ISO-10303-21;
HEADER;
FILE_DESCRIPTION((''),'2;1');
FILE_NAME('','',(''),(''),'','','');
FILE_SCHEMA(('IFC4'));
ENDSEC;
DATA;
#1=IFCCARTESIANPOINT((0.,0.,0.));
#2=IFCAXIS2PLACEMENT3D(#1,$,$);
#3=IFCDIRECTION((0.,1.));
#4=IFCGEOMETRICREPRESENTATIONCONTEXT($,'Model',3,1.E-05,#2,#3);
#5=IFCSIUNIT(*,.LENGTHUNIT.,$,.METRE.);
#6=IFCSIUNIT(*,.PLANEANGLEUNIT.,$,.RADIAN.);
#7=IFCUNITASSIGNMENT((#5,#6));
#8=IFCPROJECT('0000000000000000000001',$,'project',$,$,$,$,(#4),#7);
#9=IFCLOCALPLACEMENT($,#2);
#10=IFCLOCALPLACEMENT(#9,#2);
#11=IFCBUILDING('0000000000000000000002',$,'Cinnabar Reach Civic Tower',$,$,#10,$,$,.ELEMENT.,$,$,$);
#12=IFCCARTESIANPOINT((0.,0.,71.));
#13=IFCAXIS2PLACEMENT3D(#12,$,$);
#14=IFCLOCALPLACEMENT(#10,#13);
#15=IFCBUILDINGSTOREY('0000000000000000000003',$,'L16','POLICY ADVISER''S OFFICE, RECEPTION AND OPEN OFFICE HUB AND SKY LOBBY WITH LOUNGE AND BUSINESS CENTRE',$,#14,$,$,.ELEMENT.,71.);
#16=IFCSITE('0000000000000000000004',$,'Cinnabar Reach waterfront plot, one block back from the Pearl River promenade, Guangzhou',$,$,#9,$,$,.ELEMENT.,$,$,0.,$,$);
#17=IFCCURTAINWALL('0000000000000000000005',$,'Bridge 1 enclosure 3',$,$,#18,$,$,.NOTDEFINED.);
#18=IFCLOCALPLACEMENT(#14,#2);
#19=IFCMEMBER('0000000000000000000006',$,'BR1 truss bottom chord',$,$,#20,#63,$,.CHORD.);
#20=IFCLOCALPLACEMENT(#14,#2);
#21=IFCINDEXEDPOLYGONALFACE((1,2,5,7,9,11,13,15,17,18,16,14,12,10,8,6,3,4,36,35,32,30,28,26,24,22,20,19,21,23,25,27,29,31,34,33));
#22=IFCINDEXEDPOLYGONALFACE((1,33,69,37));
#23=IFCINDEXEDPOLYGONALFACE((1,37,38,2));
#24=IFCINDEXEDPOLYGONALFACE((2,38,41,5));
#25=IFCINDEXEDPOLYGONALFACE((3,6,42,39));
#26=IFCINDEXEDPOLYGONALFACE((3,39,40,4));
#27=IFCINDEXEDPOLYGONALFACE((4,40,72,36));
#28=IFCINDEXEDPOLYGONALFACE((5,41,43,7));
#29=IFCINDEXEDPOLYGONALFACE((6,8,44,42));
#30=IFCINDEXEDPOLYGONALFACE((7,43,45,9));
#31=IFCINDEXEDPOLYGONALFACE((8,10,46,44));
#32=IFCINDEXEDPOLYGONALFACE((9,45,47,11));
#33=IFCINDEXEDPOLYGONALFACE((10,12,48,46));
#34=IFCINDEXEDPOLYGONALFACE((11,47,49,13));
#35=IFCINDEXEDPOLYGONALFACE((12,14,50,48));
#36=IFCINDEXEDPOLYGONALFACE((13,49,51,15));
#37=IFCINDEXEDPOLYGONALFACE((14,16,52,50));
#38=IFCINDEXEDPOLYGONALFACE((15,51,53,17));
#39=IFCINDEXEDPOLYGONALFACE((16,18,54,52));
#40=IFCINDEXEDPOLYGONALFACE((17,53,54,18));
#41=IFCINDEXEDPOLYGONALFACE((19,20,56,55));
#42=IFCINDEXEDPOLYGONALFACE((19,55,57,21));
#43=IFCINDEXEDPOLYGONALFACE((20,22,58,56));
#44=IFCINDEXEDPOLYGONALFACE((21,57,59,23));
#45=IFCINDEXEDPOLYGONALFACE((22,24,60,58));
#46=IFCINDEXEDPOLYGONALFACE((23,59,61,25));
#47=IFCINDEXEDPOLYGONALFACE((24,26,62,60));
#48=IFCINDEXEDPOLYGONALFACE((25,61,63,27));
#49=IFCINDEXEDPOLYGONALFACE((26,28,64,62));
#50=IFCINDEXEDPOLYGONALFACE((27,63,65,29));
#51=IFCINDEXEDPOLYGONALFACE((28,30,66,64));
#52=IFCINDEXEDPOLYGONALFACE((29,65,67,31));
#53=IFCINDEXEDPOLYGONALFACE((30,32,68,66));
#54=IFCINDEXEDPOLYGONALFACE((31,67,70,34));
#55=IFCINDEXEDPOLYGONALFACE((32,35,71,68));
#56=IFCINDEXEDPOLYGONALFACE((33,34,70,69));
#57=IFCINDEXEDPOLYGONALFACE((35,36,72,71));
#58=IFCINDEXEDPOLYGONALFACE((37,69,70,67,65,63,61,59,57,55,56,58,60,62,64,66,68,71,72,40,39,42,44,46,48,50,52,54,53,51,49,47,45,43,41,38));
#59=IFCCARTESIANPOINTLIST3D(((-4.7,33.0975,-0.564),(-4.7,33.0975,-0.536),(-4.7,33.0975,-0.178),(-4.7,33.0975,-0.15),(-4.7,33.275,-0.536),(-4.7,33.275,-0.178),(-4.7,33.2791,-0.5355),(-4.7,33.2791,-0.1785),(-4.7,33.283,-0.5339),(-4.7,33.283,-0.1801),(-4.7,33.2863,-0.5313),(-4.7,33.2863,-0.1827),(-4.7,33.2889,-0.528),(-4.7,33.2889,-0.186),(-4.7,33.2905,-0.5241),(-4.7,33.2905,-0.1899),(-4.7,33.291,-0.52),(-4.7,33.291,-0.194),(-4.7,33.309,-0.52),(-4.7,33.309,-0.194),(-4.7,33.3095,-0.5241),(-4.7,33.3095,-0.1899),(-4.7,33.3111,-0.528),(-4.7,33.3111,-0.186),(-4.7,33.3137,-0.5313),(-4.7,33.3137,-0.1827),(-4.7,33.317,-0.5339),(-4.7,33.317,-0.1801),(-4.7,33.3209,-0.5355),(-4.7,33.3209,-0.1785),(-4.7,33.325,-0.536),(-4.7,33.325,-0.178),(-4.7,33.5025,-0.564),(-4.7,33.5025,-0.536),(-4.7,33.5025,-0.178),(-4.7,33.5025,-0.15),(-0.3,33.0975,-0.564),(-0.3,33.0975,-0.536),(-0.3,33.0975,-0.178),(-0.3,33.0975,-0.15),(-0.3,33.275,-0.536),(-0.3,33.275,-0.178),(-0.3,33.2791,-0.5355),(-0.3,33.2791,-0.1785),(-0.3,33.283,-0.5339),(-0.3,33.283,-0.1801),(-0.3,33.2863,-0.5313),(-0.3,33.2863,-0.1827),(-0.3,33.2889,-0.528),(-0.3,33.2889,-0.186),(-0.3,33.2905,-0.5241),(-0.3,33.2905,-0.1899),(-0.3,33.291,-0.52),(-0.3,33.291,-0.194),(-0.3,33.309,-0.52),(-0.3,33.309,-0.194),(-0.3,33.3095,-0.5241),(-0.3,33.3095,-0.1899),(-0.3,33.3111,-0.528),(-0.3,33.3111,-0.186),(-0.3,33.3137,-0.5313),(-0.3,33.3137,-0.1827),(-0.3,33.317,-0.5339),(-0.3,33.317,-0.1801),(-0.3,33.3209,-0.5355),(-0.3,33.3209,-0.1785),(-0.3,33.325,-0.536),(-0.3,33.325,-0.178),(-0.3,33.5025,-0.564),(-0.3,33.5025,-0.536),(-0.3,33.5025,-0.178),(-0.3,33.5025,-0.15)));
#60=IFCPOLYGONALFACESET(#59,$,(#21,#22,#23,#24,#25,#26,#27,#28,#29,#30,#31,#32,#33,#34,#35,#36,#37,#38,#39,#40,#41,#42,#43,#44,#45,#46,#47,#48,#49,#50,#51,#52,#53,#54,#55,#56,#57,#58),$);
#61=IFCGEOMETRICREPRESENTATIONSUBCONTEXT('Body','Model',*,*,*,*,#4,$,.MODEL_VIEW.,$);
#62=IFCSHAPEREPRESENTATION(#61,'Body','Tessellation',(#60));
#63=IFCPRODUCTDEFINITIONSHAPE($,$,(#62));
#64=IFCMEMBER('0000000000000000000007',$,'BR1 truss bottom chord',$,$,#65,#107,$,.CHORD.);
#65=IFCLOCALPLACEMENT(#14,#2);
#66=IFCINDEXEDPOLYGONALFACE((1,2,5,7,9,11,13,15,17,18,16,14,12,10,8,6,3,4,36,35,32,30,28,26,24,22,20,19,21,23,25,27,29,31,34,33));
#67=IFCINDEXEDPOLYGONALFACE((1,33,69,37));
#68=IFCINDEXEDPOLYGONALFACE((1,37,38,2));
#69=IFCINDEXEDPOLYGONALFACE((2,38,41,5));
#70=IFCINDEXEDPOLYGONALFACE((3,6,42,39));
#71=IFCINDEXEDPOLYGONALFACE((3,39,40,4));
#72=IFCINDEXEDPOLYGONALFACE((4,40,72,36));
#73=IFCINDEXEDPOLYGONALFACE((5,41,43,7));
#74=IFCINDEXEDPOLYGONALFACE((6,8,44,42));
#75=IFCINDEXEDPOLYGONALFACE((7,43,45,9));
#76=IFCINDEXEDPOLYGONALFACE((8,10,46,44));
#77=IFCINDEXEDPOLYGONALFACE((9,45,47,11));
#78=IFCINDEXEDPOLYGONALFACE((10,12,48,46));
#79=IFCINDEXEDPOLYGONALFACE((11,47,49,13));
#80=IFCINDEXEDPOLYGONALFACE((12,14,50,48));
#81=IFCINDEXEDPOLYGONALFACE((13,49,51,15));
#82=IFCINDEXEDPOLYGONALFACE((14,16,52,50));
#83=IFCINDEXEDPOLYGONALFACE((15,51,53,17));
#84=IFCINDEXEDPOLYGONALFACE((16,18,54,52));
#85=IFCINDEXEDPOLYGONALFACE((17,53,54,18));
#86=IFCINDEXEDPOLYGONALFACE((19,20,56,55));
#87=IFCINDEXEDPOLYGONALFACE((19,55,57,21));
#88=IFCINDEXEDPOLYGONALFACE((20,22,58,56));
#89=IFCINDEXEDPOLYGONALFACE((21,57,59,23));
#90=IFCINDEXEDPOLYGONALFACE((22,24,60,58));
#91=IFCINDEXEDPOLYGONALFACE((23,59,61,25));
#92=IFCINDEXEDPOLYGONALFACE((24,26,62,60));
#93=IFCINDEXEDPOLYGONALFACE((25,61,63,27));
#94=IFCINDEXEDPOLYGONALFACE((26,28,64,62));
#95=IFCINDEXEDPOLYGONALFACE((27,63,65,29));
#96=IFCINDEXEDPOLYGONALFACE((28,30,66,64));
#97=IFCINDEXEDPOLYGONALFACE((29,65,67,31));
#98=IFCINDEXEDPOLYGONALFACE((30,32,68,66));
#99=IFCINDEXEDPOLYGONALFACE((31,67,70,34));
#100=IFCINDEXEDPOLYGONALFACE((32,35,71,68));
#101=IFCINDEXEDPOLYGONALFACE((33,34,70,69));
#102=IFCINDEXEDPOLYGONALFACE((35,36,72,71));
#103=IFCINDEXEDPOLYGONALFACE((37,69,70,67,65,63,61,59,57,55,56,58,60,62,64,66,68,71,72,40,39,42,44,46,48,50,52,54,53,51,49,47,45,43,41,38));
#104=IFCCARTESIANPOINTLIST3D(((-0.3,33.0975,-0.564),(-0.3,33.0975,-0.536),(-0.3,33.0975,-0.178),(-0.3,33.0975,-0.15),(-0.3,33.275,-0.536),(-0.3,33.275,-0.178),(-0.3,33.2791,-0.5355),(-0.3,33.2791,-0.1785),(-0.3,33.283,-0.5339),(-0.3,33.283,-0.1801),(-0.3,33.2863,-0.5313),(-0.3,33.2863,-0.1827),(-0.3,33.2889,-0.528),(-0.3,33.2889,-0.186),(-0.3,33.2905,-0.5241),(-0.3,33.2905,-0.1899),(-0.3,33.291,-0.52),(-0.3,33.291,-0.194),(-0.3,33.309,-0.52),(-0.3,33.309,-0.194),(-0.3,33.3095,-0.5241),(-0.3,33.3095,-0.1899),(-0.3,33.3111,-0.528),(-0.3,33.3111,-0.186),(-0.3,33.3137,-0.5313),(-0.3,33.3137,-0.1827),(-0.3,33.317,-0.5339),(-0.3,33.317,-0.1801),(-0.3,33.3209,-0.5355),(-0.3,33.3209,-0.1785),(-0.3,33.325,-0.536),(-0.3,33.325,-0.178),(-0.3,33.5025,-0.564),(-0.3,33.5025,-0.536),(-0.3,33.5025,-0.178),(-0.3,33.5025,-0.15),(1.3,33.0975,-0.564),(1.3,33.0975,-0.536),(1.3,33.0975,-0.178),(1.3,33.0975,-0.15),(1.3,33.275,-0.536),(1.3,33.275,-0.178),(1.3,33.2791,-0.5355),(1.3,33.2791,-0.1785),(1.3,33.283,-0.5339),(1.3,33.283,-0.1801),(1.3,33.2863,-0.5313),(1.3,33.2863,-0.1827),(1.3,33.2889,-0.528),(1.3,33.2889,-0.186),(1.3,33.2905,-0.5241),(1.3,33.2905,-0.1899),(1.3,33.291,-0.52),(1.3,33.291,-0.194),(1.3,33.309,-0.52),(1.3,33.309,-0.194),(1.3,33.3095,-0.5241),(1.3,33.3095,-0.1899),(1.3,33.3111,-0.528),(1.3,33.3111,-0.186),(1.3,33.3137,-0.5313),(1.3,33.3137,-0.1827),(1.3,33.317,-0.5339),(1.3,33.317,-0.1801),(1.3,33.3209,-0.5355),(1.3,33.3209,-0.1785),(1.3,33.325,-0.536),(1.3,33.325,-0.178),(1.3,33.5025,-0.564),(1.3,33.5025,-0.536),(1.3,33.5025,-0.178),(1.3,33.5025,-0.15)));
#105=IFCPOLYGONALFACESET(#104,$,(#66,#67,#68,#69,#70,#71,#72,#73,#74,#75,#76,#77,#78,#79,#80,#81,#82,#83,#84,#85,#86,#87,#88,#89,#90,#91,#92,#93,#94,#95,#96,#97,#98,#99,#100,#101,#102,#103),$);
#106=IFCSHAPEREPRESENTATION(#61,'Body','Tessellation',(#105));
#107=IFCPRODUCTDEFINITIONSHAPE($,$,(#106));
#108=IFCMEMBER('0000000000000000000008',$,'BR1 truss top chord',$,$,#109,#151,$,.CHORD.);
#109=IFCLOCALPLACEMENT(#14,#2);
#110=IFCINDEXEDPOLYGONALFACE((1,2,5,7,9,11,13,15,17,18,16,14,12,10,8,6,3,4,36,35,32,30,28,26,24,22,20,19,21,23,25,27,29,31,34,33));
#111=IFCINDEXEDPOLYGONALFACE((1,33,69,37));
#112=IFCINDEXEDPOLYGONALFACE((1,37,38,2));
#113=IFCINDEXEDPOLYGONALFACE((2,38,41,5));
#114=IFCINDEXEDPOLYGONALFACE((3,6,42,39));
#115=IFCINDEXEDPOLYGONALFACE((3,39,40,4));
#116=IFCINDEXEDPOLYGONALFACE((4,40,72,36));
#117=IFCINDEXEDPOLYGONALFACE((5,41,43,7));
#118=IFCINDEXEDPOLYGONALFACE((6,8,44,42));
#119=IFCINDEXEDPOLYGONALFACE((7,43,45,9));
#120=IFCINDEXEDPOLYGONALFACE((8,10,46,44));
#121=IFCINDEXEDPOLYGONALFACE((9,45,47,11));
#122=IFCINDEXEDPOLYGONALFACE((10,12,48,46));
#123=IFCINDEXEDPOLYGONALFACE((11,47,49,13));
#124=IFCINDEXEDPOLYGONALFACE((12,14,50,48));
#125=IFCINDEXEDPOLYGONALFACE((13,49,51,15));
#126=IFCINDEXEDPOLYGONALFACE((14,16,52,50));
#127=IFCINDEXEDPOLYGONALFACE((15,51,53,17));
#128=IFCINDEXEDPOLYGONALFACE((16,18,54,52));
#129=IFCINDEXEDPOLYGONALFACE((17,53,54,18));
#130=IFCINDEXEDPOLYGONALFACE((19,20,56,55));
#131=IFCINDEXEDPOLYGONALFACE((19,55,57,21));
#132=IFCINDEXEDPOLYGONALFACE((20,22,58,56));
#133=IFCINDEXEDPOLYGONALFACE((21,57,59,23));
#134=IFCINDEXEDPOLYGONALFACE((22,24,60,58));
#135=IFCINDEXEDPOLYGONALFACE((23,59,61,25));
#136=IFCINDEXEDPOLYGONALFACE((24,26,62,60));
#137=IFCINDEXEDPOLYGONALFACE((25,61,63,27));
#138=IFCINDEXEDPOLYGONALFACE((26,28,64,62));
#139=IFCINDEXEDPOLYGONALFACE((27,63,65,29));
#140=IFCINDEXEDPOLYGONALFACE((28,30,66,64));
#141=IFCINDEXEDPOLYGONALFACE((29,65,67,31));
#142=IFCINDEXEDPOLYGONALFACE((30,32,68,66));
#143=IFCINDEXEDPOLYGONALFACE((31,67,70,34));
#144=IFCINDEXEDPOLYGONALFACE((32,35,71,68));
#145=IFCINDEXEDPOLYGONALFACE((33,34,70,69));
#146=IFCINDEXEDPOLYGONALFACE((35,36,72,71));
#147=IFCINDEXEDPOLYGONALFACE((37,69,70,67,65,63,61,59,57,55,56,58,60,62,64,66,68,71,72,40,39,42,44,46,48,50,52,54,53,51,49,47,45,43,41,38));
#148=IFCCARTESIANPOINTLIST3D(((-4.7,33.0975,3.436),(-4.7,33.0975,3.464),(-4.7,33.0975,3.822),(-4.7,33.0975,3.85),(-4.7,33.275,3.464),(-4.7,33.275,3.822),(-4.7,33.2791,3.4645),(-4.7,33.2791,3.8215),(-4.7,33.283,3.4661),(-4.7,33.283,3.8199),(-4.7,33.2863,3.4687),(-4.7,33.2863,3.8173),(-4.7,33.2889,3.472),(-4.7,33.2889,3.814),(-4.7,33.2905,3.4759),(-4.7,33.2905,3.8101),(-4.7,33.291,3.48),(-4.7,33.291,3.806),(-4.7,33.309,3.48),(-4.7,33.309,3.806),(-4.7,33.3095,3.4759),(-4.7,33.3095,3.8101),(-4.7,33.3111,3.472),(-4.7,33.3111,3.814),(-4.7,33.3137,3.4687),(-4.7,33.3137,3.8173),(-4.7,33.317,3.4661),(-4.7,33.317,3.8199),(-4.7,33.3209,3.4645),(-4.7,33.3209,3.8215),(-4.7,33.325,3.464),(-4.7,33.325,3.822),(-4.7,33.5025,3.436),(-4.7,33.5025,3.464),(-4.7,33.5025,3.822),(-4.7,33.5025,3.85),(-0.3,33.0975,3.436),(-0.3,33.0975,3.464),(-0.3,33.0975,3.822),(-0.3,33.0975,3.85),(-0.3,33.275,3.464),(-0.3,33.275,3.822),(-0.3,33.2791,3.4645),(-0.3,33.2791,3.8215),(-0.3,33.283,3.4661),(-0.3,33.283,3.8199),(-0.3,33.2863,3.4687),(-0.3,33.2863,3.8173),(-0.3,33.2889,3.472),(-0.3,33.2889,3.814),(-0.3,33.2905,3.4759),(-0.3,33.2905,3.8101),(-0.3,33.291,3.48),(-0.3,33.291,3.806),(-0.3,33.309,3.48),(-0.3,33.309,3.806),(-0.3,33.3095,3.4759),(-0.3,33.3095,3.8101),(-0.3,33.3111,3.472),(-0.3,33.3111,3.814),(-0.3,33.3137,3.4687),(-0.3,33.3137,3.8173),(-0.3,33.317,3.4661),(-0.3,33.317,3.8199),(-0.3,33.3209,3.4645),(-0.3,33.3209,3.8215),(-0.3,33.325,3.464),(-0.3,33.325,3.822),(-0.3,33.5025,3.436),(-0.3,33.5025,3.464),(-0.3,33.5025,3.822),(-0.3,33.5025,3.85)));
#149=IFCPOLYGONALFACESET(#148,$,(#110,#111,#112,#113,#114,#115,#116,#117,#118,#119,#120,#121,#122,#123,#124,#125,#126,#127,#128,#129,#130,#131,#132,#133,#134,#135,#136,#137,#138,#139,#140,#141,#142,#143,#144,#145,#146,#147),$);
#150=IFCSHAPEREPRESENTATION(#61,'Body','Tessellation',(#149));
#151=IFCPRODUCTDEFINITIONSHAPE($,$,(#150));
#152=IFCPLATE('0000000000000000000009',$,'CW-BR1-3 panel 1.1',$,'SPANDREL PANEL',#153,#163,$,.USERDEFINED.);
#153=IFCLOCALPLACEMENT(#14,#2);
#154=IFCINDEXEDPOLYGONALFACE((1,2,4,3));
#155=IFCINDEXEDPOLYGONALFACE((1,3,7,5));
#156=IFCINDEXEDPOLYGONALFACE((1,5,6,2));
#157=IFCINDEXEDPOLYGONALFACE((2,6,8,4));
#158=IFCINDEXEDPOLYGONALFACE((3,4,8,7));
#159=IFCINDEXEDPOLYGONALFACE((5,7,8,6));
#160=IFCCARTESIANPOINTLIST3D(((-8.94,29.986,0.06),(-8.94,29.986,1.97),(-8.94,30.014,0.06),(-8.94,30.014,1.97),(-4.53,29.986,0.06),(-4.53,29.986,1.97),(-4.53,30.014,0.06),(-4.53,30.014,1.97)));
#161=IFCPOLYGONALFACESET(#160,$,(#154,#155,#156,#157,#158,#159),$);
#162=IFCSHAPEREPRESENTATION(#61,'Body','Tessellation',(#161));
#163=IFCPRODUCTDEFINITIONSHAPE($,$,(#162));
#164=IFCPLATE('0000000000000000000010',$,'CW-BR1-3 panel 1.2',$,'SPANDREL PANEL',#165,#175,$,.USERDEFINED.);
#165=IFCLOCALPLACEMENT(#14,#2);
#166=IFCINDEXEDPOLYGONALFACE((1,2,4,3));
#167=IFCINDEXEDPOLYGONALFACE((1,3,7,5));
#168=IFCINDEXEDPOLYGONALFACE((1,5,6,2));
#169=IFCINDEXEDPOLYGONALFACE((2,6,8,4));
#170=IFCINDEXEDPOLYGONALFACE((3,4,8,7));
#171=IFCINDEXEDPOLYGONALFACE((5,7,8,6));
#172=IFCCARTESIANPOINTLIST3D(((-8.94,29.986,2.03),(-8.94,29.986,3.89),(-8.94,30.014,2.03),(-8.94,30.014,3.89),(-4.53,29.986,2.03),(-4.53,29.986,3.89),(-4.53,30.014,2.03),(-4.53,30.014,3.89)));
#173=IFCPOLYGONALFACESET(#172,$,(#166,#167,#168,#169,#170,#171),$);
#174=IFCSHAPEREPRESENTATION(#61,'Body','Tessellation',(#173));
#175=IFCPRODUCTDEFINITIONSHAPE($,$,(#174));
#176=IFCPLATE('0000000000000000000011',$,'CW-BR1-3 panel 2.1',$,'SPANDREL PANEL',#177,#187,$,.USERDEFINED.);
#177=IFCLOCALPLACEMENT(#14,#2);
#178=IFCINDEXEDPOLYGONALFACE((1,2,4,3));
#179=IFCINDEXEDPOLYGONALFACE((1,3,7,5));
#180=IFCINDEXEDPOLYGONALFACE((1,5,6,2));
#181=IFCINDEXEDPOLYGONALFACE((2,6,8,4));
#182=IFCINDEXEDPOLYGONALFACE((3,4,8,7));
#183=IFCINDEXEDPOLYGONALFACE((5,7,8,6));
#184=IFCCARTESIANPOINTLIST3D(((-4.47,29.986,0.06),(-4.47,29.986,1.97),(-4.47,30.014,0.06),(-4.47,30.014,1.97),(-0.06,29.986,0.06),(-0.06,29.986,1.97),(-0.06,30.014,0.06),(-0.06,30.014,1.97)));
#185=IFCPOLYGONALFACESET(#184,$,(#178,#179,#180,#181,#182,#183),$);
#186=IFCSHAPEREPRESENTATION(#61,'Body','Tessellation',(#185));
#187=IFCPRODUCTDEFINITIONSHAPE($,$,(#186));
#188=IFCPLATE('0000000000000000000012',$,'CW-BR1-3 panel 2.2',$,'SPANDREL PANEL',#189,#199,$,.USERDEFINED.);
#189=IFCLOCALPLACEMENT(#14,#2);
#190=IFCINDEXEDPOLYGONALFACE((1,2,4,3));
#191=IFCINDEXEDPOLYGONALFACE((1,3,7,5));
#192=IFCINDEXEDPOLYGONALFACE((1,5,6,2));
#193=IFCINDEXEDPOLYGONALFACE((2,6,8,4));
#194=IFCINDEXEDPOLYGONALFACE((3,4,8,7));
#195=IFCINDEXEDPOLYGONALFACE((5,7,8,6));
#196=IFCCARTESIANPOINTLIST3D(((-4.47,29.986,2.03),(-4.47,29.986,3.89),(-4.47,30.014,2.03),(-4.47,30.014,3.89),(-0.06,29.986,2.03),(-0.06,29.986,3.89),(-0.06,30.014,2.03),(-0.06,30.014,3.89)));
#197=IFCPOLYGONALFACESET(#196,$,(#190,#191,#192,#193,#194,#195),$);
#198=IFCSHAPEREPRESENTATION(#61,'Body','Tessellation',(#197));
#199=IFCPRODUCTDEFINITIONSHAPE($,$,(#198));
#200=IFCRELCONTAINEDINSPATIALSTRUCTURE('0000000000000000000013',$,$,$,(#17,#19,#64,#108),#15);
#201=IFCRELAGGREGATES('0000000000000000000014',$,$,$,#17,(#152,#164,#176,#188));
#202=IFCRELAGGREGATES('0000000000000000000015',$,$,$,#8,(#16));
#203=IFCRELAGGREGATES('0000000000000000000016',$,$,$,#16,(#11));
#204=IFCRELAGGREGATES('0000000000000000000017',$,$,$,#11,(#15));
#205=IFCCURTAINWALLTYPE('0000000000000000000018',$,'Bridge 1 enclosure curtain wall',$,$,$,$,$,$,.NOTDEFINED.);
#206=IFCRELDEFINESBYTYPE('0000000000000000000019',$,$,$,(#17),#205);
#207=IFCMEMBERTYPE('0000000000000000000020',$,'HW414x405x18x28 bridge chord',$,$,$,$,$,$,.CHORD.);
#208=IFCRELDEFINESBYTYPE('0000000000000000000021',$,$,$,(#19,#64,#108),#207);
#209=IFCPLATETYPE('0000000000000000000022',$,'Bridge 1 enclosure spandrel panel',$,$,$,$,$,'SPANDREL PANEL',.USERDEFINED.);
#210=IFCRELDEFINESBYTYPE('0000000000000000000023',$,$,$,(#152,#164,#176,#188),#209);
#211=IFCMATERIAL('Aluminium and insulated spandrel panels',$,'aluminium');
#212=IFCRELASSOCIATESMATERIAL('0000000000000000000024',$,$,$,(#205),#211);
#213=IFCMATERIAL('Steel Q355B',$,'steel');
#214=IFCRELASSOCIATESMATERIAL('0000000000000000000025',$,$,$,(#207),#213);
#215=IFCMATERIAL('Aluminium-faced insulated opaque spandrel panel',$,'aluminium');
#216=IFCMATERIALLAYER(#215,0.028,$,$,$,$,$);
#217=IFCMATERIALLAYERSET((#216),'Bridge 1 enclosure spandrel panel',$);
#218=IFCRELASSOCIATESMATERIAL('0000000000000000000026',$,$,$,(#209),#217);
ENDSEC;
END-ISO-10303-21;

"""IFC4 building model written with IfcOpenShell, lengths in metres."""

from ifc_helpers import new_model, si_unit, direction, frame, origin, origin_2d, place, context, subcontext, project, spatial, rectangle, i_section, extrude, material, layer, layer_set, material_profile, profile_set, type_object, element, aggregate, save


model = new_model("IFC4")

# Units and contexts
model_context = context("Model", 3, precision=1e-05, world=origin(), true_north=direction((0.0, 1.0)))
body_context = subcontext(model_context, "Body", "Model", "MODEL_VIEW")
ifc_project = project(units=[si_unit("LENGTHUNIT", "METRE"), si_unit("PLANEANGLEUNIT", "RADIAN")], contexts=[model_context])

# Site, building, storey
site_placement = place(None, origin())
site = spatial("IfcSite", under=ifc_project, at=site_placement, Name="Cinnabar Reach waterfront plot, one block back from the Pearl River promenade, Guangzhou", CompositionType="ELEMENT", RefElevation=0.0)
building_placement = place(site_placement, origin())
building = spatial("IfcBuilding", under=site, at=building_placement, Name="Cinnabar Reach Civic Tower", CompositionType="ELEMENT")
storey_placement = place(building_placement, frame((0.0, 0.0, 71.0)))
storey = spatial("IfcBuildingStorey", under=building, at=storey_placement, Name="L16", Description="POLICY ADVISER'S OFFICE, RECEPTION AND OPEN OFFICE HUB AND SKY LOBBY WITH LOUNGE AND BUSINESS CENTRE", CompositionType="ELEMENT", Elevation=71.0)

# Curtain wall
ifc_material_1 = material(Name="Aluminium and insulated spandrel panels", Category="aluminium")
curtain_wall_type = type_object("IfcCurtainWallType", Name="Bridge 1 enclosure curtain wall", PredefinedType="NOTDEFINED", material=ifc_material_1)
curtain_wall_1_placement = place(storey_placement, origin())
curtain_wall_1 = element("IfcCurtainWall", 1, at=curtain_wall_1_placement, inside=storey, type_object=curtain_wall_type, Name="Bridge 1 enclosure 3", PredefinedType="NOTDEFINED")

# Shared definitions
ifc_material_2 = material(Name="Steel Q355B", Category="steel")

# Members
ifc_material_profile_1 = material_profile(ifc_material_2, i_section(OverallWidth=0.405, OverallDepth=0.414, WebThickness=0.018, FlangeThickness=0.028, FilletRadius=0.016, at=origin_2d()), Name="HW414x405x18x28")
ifc_profile_set_1 = profile_set([ifc_material_profile_1], Name="Steel Q355B")
member_type_1 = type_object("IfcMemberType", Name="HW414x405x18x28 bridge chord", PredefinedType="CHORD", material=ifc_profile_set_1)
member_1_placement = place(storey_placement, frame((-4.7, 33.3, -0.357), z_axis=(1.0, 0.0, 0.0), x_axis=(0.0, 1.0, 0.0)))
element("IfcMember", 2, at=member_1_placement, inside=storey, type_object=member_type_1, Name="BR1 truss bottom chord", PredefinedType="CHORD", context=body_context, shape_type="SweptSolid", body=[
    extrude(i_section(OverallWidth=0.405, OverallDepth=0.414, WebThickness=0.018, FlangeThickness=0.028, FilletRadius=0.016, at=origin_2d()), origin(), (0.0, 0.0, 1.0), 4.4),
])
member_2_placement = place(storey_placement, frame((-0.3, 33.3, -0.357), z_axis=(1.0, 0.0, 0.0), x_axis=(0.0, 1.0, 0.0)))
element("IfcMember", 3, at=member_2_placement, inside=storey, type_object=member_type_1, Name="BR1 truss bottom chord", PredefinedType="CHORD", context=body_context, shape_type="SweptSolid", body=[
    extrude(i_section(OverallWidth=0.405, OverallDepth=0.414, WebThickness=0.018, FlangeThickness=0.028, FilletRadius=0.016, at=origin_2d()), origin(), (0.0, 0.0, 1.0), 1.6),
])
member_3_placement = place(storey_placement, frame((-4.7, 33.3, 3.643), z_axis=(1.0, 0.0, 0.0), x_axis=(0.0, 1.0, 0.0)))
element("IfcMember", 4, at=member_3_placement, inside=storey, type_object=member_type_1, Name="BR1 truss top chord", PredefinedType="CHORD", context=body_context, shape_type="SweptSolid", body=[
    extrude(i_section(OverallWidth=0.405, OverallDepth=0.414, WebThickness=0.018, FlangeThickness=0.028, FilletRadius=0.016, at=origin_2d()), origin(), (0.0, 0.0, 1.0), 4.4),
])

# Plates
ifc_material_3 = material(Name="Aluminium-faced insulated opaque spandrel panel", Category="aluminium")
ifc_layer = layer(ifc_material_3, 0.028)
ifc_layer_set = layer_set([ifc_layer], Name="Bridge 1 enclosure spandrel panel")
plate_type = type_object("IfcPlateType", Name="Bridge 1 enclosure spandrel panel", ElementType="SPANDREL PANEL", PredefinedType="USERDEFINED", material=ifc_layer_set)
plate_1_placement = place(storey_placement, frame((-6.735, 30.0, 0.06), z_axis=(0.0, 0.0, 1.0), x_axis=(1.0, 0.0, 0.0)))
plate_1 = element("IfcPlate", 5, at=plate_1_placement, type_object=plate_type, Name="CW-BR1-3 panel 1.1", ObjectType="SPANDREL PANEL", PredefinedType="USERDEFINED", context=body_context, shape_type="SweptSolid", body=[
    extrude(rectangle(XDim=4.41, YDim=0.028, at=origin_2d()), origin(), (0.0, 0.0, 1.0), 1.91),
])
plate_2_placement = place(storey_placement, frame((-6.735, 30.0, 2.03), z_axis=(0.0, 0.0, 1.0), x_axis=(1.0, 0.0, 0.0)))
plate_2 = element("IfcPlate", 6, at=plate_2_placement, type_object=plate_type, Name="CW-BR1-3 panel 1.2", ObjectType="SPANDREL PANEL", PredefinedType="USERDEFINED", context=body_context, shape_type="SweptSolid", body=[
    extrude(rectangle(XDim=4.41, YDim=0.028, at=origin_2d()), origin(), (0.0, 0.0, 1.0), 1.86),
])
plate_3_placement = place(storey_placement, frame((-2.265, 30.0, 0.06), z_axis=(0.0, 0.0, 1.0), x_axis=(1.0, 0.0, 0.0)))
plate_3 = element("IfcPlate", 7, at=plate_3_placement, type_object=plate_type, Name="CW-BR1-3 panel 2.1", ObjectType="SPANDREL PANEL", PredefinedType="USERDEFINED", context=body_context, shape_type="SweptSolid", body=[
    extrude(rectangle(XDim=4.41, YDim=0.028, at=origin_2d()), origin(), (0.0, 0.0, 1.0), 1.91),
])
plate_4_placement = place(storey_placement, frame((-2.265, 30.0, 2.03), z_axis=(0.0, 0.0, 1.0), x_axis=(1.0, 0.0, 0.0)))
plate_4 = element("IfcPlate", 8, at=plate_4_placement, type_object=plate_type, Name="CW-BR1-3 panel 2.2", ObjectType="SPANDREL PANEL", PredefinedType="USERDEFINED", context=body_context, shape_type="SweptSolid", body=[
    extrude(rectangle(XDim=4.41, YDim=0.028, at=origin_2d()), origin(), (0.0, 0.0, 1.0), 1.86),
])
aggregate(curtain_wall_1, [plate_1, plate_2, plate_3, plate_4])

save(model, "model.ifc")
